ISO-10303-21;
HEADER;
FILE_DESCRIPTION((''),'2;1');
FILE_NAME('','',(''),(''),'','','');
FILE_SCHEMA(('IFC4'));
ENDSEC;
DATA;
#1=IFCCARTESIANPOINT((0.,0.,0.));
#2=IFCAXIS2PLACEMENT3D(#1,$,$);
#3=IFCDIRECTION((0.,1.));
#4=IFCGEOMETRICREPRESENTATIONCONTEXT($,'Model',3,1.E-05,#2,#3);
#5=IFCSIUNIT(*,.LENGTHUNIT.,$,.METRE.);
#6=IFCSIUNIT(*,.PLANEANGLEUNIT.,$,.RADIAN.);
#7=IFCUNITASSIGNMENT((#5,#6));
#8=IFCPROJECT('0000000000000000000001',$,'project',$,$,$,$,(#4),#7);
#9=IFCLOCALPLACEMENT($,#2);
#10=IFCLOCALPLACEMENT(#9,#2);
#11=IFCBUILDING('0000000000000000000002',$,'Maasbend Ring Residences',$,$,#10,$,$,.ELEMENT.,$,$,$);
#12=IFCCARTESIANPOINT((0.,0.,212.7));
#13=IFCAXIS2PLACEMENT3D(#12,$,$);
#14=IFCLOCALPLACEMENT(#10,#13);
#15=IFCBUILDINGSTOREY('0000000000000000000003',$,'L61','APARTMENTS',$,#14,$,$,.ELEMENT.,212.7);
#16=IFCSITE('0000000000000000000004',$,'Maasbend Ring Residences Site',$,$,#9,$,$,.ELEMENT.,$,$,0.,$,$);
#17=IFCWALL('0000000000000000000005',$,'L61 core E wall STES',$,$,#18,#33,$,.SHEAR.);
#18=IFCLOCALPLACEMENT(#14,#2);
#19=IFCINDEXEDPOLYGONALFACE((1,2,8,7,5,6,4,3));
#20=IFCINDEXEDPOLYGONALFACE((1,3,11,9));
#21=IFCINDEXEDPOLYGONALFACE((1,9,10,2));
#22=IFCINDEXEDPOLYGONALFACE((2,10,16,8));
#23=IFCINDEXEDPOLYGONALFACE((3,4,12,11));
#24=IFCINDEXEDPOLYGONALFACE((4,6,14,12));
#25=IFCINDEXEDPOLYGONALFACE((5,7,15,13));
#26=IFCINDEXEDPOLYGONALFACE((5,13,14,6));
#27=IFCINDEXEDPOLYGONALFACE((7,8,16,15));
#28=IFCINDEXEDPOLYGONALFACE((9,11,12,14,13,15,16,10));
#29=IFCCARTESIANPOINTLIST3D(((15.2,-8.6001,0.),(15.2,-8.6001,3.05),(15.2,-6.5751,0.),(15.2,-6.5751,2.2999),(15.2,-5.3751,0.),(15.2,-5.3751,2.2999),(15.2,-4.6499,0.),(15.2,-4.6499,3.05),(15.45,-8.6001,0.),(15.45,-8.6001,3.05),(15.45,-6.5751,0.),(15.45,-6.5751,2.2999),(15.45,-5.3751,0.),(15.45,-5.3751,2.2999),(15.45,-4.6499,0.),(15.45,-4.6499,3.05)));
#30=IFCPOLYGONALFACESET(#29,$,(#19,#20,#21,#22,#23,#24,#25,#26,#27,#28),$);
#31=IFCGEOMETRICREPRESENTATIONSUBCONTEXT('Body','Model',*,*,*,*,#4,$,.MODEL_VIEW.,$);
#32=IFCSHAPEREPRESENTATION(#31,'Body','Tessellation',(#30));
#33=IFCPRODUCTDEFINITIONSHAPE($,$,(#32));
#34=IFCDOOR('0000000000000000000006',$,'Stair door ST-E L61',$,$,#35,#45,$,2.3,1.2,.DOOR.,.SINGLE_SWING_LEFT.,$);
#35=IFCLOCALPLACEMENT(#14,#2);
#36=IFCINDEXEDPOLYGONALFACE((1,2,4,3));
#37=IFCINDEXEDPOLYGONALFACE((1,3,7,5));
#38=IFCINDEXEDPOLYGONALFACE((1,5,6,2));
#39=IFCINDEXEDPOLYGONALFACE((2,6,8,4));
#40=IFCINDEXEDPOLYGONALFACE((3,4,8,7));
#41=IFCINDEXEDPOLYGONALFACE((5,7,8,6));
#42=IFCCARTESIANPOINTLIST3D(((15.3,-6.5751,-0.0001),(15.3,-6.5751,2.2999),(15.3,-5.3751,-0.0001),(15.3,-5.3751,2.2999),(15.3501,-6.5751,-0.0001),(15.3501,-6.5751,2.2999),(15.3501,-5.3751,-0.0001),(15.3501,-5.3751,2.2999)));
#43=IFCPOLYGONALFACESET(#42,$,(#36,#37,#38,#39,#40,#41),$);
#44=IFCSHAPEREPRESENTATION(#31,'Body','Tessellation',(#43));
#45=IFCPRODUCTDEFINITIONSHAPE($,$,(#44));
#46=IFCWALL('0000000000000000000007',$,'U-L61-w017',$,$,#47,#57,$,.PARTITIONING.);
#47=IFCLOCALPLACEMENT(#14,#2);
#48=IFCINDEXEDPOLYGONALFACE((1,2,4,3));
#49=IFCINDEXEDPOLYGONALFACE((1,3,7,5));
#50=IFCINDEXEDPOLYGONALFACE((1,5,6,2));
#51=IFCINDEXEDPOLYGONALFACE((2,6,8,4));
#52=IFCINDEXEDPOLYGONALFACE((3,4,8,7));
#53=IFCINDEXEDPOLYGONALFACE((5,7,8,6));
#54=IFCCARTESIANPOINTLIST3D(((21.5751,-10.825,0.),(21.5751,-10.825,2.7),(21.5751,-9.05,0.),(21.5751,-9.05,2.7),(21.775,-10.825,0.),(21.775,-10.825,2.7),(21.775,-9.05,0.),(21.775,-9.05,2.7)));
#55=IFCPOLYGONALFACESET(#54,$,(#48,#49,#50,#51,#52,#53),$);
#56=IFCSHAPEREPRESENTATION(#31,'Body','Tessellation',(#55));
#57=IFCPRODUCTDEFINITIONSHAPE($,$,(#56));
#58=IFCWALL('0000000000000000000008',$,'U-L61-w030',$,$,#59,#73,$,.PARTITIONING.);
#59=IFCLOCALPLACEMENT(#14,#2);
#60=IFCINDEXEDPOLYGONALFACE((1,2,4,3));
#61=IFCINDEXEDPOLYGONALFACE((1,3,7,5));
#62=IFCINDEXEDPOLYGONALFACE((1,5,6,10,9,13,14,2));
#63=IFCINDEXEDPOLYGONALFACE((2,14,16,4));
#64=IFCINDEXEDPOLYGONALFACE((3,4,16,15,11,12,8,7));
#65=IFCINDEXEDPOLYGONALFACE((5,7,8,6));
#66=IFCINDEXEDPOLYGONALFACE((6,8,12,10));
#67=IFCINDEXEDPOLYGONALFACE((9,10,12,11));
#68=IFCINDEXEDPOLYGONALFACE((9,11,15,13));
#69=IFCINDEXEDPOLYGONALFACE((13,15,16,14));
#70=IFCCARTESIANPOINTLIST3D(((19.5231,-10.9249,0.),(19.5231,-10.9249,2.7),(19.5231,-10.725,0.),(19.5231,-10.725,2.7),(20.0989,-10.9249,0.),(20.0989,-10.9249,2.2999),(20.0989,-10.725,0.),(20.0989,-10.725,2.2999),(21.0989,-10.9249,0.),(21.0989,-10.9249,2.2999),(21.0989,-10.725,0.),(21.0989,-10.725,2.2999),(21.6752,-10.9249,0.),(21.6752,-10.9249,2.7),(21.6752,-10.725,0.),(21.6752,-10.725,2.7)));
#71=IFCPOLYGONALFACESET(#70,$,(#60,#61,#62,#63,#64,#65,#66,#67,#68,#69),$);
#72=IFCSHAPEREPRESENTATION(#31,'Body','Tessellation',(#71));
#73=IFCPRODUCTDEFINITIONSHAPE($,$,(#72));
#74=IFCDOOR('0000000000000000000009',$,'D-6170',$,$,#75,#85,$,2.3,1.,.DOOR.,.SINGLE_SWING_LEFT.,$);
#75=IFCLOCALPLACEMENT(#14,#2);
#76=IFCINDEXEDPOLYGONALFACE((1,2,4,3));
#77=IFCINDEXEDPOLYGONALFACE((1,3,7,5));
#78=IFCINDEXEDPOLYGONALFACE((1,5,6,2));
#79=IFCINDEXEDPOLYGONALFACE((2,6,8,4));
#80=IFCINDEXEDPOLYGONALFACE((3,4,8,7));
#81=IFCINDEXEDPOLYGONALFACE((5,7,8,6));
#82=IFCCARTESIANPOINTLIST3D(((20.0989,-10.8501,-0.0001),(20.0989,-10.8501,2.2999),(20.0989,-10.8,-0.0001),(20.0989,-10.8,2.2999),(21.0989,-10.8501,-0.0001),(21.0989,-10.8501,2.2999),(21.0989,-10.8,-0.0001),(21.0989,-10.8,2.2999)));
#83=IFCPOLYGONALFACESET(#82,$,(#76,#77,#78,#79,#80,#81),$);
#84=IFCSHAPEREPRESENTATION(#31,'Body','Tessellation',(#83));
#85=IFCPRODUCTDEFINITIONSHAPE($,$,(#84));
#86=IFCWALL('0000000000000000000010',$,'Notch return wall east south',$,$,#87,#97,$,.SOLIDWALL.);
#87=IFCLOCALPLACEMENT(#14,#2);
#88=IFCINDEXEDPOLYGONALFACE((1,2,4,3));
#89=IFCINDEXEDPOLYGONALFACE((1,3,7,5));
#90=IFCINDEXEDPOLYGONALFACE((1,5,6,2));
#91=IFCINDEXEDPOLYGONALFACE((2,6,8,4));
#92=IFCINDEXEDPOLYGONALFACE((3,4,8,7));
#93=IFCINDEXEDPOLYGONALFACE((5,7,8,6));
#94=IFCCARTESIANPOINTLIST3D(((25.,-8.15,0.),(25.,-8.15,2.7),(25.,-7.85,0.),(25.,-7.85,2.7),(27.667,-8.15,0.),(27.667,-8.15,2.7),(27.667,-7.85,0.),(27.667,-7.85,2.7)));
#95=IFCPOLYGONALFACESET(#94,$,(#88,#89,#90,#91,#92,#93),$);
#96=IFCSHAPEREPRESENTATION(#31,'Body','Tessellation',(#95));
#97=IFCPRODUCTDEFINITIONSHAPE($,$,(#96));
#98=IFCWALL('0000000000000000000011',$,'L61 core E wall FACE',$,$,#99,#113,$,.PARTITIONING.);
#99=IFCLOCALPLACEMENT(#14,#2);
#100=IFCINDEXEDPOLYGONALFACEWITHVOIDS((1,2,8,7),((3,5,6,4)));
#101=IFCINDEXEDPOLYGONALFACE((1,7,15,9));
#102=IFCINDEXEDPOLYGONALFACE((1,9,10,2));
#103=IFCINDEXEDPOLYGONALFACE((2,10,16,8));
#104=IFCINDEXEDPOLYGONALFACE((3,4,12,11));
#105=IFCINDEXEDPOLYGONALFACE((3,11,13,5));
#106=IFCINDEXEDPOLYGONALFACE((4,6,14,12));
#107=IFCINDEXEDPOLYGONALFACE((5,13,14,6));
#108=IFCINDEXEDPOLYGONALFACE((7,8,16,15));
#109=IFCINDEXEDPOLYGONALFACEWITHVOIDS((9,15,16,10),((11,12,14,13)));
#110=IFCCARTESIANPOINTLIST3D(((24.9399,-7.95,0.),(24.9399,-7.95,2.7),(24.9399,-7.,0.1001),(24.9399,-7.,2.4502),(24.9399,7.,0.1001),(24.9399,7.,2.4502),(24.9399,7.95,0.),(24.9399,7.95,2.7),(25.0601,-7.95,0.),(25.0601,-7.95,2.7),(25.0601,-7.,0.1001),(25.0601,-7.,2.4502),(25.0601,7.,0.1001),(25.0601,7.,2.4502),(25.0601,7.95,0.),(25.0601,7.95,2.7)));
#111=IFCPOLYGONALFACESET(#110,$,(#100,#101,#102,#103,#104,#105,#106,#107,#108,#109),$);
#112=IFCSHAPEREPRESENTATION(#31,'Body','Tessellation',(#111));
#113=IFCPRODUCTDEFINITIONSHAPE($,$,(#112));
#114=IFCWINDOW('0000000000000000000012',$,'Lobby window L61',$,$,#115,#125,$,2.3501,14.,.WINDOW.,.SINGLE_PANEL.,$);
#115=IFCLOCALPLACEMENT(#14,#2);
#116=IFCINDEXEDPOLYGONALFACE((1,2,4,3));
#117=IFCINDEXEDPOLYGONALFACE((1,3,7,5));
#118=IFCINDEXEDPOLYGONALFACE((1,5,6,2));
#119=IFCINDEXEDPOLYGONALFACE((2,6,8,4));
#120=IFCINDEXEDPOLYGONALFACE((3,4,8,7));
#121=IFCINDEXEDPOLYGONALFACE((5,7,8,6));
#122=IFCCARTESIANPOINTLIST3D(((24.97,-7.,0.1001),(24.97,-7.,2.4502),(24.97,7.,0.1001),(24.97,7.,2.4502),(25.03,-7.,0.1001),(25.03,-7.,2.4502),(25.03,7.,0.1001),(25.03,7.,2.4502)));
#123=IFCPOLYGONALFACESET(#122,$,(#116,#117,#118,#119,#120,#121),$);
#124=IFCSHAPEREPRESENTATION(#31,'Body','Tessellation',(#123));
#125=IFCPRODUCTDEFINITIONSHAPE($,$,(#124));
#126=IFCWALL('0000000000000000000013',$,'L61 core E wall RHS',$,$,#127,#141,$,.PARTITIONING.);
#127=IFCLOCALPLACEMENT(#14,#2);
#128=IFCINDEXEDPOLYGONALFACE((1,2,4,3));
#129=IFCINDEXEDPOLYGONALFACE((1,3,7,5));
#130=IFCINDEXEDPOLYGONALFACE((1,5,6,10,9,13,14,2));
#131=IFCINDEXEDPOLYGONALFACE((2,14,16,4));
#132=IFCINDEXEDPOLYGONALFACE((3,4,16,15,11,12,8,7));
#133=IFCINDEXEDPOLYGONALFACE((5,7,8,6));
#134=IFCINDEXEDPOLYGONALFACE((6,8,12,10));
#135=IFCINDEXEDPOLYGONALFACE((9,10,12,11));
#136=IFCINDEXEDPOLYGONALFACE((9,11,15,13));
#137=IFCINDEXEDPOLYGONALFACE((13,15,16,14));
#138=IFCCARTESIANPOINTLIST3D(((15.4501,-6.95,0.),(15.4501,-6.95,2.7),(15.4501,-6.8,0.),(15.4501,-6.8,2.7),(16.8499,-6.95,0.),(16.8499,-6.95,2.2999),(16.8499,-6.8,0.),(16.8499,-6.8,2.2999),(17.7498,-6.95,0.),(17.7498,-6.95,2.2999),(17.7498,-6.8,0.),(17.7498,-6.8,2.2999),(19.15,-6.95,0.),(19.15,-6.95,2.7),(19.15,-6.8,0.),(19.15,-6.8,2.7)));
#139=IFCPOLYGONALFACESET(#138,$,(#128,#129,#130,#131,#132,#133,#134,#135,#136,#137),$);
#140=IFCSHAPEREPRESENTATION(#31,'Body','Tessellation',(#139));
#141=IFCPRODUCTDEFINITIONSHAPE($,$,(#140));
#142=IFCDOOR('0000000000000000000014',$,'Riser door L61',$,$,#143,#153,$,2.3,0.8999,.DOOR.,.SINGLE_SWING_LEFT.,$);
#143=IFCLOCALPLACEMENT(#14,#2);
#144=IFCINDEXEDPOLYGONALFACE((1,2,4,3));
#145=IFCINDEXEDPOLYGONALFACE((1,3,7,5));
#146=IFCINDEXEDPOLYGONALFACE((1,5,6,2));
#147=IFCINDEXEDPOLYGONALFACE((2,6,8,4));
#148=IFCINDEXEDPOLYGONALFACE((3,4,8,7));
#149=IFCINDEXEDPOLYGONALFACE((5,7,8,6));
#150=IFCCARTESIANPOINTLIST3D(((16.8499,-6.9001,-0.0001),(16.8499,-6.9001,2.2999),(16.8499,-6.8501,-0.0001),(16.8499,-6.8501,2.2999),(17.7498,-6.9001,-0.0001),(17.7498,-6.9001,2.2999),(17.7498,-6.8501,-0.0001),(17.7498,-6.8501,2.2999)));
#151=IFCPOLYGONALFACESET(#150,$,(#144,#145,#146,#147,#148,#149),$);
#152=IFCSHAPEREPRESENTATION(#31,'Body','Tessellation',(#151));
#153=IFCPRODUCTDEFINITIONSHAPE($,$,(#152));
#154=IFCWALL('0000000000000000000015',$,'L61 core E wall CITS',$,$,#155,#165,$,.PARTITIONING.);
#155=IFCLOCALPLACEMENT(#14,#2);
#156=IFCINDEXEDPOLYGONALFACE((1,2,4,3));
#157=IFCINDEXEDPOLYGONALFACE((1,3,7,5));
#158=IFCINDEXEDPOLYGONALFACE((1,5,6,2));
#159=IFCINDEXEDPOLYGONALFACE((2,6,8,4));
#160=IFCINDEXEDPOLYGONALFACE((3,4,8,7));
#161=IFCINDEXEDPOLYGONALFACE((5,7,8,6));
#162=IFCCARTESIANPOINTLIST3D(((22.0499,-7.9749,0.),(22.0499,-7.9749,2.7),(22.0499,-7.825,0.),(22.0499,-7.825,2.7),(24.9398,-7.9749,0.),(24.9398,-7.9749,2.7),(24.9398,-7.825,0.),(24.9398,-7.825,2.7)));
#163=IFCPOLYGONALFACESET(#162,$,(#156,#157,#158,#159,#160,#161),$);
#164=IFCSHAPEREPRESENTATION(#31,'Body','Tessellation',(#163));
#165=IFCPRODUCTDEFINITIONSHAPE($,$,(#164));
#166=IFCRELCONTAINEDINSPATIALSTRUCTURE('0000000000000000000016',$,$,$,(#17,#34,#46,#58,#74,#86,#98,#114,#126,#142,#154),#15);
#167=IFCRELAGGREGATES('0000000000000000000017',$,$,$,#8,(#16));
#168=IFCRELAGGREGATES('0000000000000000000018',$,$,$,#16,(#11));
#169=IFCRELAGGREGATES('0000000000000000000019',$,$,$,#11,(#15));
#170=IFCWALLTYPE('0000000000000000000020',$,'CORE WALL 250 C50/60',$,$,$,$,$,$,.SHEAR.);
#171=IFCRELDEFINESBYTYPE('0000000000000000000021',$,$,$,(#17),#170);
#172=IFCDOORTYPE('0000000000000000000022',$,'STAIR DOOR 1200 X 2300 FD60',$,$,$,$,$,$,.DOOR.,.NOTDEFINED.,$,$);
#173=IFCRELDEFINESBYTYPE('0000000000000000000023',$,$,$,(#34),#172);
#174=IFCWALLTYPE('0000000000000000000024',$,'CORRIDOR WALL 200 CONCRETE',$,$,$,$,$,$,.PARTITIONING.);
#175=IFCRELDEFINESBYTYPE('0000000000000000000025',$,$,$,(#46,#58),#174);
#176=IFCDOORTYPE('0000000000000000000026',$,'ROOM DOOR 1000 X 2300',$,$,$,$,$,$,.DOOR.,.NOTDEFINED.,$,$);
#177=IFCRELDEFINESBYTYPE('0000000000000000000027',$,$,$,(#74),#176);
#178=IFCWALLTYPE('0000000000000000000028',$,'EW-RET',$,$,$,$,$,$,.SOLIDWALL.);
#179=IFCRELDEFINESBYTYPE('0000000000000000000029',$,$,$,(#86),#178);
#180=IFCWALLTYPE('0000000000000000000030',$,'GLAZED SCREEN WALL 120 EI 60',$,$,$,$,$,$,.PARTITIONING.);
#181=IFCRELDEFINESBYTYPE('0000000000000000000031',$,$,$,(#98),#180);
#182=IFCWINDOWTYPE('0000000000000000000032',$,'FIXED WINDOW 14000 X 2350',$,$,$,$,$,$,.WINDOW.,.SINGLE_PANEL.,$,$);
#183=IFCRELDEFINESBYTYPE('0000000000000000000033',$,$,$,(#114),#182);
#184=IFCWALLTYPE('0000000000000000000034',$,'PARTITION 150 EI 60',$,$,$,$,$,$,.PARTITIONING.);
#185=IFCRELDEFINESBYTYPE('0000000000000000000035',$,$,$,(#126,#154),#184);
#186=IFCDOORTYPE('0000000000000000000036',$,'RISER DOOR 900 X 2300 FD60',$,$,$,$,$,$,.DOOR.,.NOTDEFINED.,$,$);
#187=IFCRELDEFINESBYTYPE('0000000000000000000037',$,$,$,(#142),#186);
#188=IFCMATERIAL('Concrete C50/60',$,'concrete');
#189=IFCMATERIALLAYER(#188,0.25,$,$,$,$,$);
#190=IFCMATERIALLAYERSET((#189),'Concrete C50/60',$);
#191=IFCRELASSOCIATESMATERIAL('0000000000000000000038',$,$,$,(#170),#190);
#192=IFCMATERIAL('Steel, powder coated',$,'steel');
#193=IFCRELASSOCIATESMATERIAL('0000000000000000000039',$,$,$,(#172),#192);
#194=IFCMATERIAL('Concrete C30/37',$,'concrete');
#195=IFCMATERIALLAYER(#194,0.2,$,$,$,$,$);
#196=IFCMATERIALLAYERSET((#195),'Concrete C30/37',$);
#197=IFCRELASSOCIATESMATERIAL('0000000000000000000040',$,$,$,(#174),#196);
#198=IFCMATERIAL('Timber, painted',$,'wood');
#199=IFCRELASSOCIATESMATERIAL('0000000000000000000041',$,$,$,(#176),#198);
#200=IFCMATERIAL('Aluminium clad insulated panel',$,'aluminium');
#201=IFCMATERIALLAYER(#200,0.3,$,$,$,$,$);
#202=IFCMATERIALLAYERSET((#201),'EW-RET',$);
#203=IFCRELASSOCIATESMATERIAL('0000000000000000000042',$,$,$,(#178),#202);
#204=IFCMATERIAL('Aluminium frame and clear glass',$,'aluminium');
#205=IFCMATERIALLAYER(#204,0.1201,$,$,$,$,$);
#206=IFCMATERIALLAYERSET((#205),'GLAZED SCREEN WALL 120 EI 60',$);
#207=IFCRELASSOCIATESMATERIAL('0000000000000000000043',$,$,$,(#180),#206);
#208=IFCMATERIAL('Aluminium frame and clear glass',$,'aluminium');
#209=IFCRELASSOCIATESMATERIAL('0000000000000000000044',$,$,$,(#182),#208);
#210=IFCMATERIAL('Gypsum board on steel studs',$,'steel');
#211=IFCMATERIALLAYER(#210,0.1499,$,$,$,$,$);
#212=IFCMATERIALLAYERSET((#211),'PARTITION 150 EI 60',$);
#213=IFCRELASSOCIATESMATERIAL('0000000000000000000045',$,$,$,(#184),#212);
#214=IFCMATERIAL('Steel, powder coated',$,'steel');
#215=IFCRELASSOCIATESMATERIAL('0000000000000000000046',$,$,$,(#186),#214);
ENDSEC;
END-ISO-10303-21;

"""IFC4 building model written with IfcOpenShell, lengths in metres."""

from ifc_helpers import new_model, si_unit, direction, frame, frame_2d, origin, place, context, subcontext, project, spatial, rectangle, extrude, material, layer, layer_set, type_object, element, fill, save


model = new_model("IFC4")

# Units and contexts
model_context = context("Model", 3, precision=1e-05, world=origin(), true_north=direction((0.0, 1.0)))
body_context = subcontext(model_context, "Body", "Model", "MODEL_VIEW")
ifc_project = project(units=[si_unit("LENGTHUNIT", "METRE"), si_unit("PLANEANGLEUNIT", "RADIAN")], contexts=[model_context])

# Site, building, storey
site_placement = place(None, origin())
site = spatial("IfcSite", under=ifc_project, at=site_placement, Name="Maasbend Ring Residences Site", CompositionType="ELEMENT", RefElevation=0.0)
building_placement = place(site_placement, origin())
building = spatial("IfcBuilding", under=site, at=building_placement, Name="Maasbend Ring Residences", CompositionType="ELEMENT")
storey_placement = place(building_placement, frame((0.0, 0.0, 212.7)))
storey = spatial("IfcBuildingStorey", under=building, at=storey_placement, Name="L61", Description="APARTMENTS", CompositionType="ELEMENT", Elevation=212.7)

# Shared definitions
ifc_material_1 = material(Name="Concrete C50/60", Category="concrete")
ifc_layer_1 = layer(ifc_material_1, 0.25)
ifc_layer_set_1 = layer_set([ifc_layer_1], Name="Concrete C50/60")
wall_type_1 = type_object("IfcWallType", Name="CORE WALL 250 C50/60", PredefinedType="SHEAR", material=ifc_layer_set_1)

# Wall, opening, door
wall_1_placement = place(storey_placement, frame((15.325, -8.6001, 0.0), z_axis=(0.0, 0.0, 1.0), x_axis=(0.0, 1.0, 0.0)))
wall_1 = element("IfcWall", 1, at=wall_1_placement, inside=storey, type_object=wall_type_1, Name="L61 core E wall STES", PredefinedType="SHEAR", context=body_context, shape_type="SweptSolid", body=[
    extrude(rectangle(XDim=3.9502, YDim=0.25, at=frame_2d((1.9751, 0.0))), origin(), (0.0, 0.0, 1.0), 3.05),
])
opening_1_placement = place(wall_1_placement, frame((2.0249, 0.0, 0.0)))
opening_1 = element("IfcOpeningElement", 2, at=opening_1_placement, cuts=wall_1, PredefinedType="OPENING", context=body_context, shape_type="SweptSolid", body=[
    extrude(rectangle(XDim=1.2, YDim=2.3, at=frame_2d((0.6001, 1.1499))), frame((0.0, 0.135, 0.0), z_axis=(0.0, -1.0, 0.0), x_axis=(1.0, 0.0, 0.0)), (0.0, 0.0, 1.0), 0.27),
])
ifc_material_2 = material(Name="Steel, powder coated", Category="steel")
door_type_1 = type_object("IfcDoorType", Name="STAIR DOOR 1200 X 2300 FD60", OperationType="NOTDEFINED", PredefinedType="DOOR", material=ifc_material_2)
door_1_placement = place(opening_1_placement, origin())
door_1 = element("IfcDoor", 3, at=door_1_placement, inside=storey, type_object=door_type_1, Name="Stair door ST-E L61", OperationType="SINGLE_SWING_LEFT", OverallHeight=2.3, OverallWidth=1.2, PredefinedType="DOOR", context=body_context, shape_type="SweptSolid", body=[
    extrude(rectangle(XDim=1.2, YDim=2.3, at=frame_2d((0.6001, 1.1499))), frame((0.0, 0.0249, 0.0), z_axis=(0.0, -1.0, 0.0), x_axis=(1.0, 0.0, 0.0)), (0.0, 0.0, 1.0), 0.05),
])
fill(opening_1, door_1)

# Wall
ifc_material_3 = material(Name="Concrete C30/37", Category="concrete")
ifc_layer_2 = layer(ifc_material_3, 0.2)
ifc_layer_set_2 = layer_set([ifc_layer_2], Name="Concrete C30/37")
wall_type_2 = type_object("IfcWallType", Name="CORRIDOR WALL 200 CONCRETE", PredefinedType="PARTITIONING", material=ifc_layer_set_2)
wall_2_placement = place(storey_placement, frame((21.675, -10.825, 0.0), z_axis=(0.0, 0.0, 1.0), x_axis=(0.0, 1.0, 0.0)))
element("IfcWall", 4, at=wall_2_placement, inside=storey, type_object=wall_type_2, Name="U-L61-w017", PredefinedType="PARTITIONING", context=body_context, shape_type="SweptSolid", body=[
    extrude(rectangle(XDim=1.7749, YDim=0.2, at=frame_2d((0.8875, 0.0))), origin(), (0.0, 0.0, 1.0), 2.7),
])

# Wall, opening, door
wall_3_placement = place(storey_placement, frame((19.5229, -10.825, 0.0), z_axis=(0.0, 0.0, 1.0), x_axis=(1.0, 0.0, 0.0)))
wall_3 = element("IfcWall", 5, at=wall_3_placement, inside=storey, type_object=wall_type_2, Name="U-L61-w030", PredefinedType="PARTITIONING", context=body_context, shape_type="SweptSolid", body=[
    extrude(rectangle(XDim=2.1521, YDim=0.2, at=frame_2d((1.0762, 0.0))), origin(), (0.0, 0.0, 1.0), 2.7),
])
opening_2_placement = place(wall_3_placement, frame((0.5759, 0.0, 0.0)))
opening_2 = element("IfcOpeningElement", 6, at=opening_2_placement, cuts=wall_3, PredefinedType="OPENING", context=body_context, shape_type="SweptSolid", body=[
    extrude(rectangle(XDim=1.0, YDim=2.3, at=frame_2d((0.5, 1.1499))), frame((0.0, 0.1099, 0.0), z_axis=(0.0, -1.0, 0.0), x_axis=(1.0, 0.0, 0.0)), (0.0, 0.0, 1.0), 0.22),
])
ifc_material_4 = material(Name="Timber, painted", Category="wood")
door_type_2 = type_object("IfcDoorType", Name="ROOM DOOR 1000 X 2300", OperationType="NOTDEFINED", PredefinedType="DOOR", material=ifc_material_4)
door_2_placement = place(opening_2_placement, origin())
door_2 = element("IfcDoor", 7, at=door_2_placement, inside=storey, type_object=door_type_2, Name="D-6170", OperationType="SINGLE_SWING_LEFT", OverallHeight=2.3, OverallWidth=1.0, PredefinedType="DOOR", context=body_context, shape_type="SweptSolid", body=[
    extrude(rectangle(XDim=1.0, YDim=2.3, at=frame_2d((0.5, 1.1499))), frame((0.0, 0.0249, 0.0), z_axis=(0.0, -1.0, 0.0), x_axis=(1.0, 0.0, 0.0)), (0.0, 0.0, 1.0), 0.05),
])
fill(opening_2, door_2)

# Wall
ifc_material_5 = material(Name="Aluminium clad insulated panel", Category="aluminium")
ifc_layer_3 = layer(ifc_material_5, 0.3)
ifc_layer_set_3 = layer_set([ifc_layer_3], Name="EW-RET")
wall_type_3 = type_object("IfcWallType", Name="EW-RET", PredefinedType="SOLIDWALL", material=ifc_layer_set_3)
wall_4_placement = place(storey_placement, frame((25.0, -8.0, 0.0), z_axis=(0.0, 0.0, 1.0), x_axis=(1.0, 0.0, 0.0)))
element("IfcWall", 8, at=wall_4_placement, inside=storey, type_object=wall_type_3, Name="Notch return wall east south", PredefinedType="SOLIDWALL", context=body_context, shape_type="SweptSolid", body=[
    extrude(rectangle(XDim=2.667, YDim=0.3, at=frame_2d((1.3335, 0.0))), origin(), (0.0, 0.0, 1.0), 2.7),
])

# Wall, opening, window
ifc_material_6 = material(Name="Aluminium frame and clear glass", Category="aluminium")
ifc_layer_4 = layer(ifc_material_6, 0.1201)
ifc_layer_set_4 = layer_set([ifc_layer_4], Name="GLAZED SCREEN WALL 120 EI 60")
wall_type_4 = type_object("IfcWallType", Name="GLAZED SCREEN WALL 120 EI 60", PredefinedType="PARTITIONING", material=ifc_layer_set_4)
wall_5_placement = place(storey_placement, frame((25.0, -7.95, 0.0), z_axis=(0.0, 0.0, 1.0), x_axis=(0.0, 1.0, 0.0)))
wall_5 = element("IfcWall", 9, at=wall_5_placement, inside=storey, type_object=wall_type_4, Name="L61 core E wall FACE", PredefinedType="PARTITIONING", context=body_context, shape_type="SweptSolid", body=[
    extrude(rectangle(XDim=15.8999, YDim=0.1201, at=frame_2d((7.95, 0.0))), origin(), (0.0, 0.0, 1.0), 2.7),
])
opening_3_placement = place(wall_5_placement, frame((0.95, 0.0, 0.1001)))
opening_3 = element("IfcOpeningElement", 10, at=opening_3_placement, cuts=wall_5, PredefinedType="OPENING", context=body_context, shape_type="SweptSolid", body=[
    extrude(rectangle(XDim=14.0, YDim=2.3501, at=frame_2d((7.0, 1.175))), frame((0.0, 0.0701, 0.0), z_axis=(0.0, -1.0, 0.0), x_axis=(1.0, 0.0, 0.0)), (0.0, 0.0, 1.0), 0.1401),
])
ifc_material_7 = material(Name="Aluminium frame and clear glass", Category="aluminium")
window_type = type_object("IfcWindowType", Name="FIXED WINDOW 14000 X 2350", PartitioningType="SINGLE_PANEL", PredefinedType="WINDOW", material=ifc_material_7)
window_placement = place(opening_3_placement, origin())
window = element("IfcWindow", 11, at=window_placement, inside=storey, type_object=window_type, Name="Lobby window L61", OverallHeight=2.3501, OverallWidth=14.0, PartitioningType="SINGLE_PANEL", PredefinedType="WINDOW", context=body_context, shape_type="SweptSolid", body=[
    extrude(rectangle(XDim=14.0, YDim=2.3501, at=frame_2d((7.0, 1.175))), frame((0.0, 0.03, 0.0), z_axis=(0.0, -1.0, 0.0), x_axis=(1.0, 0.0, 0.0)), (0.0, 0.0, 1.0), 0.0601),
])
fill(opening_3, window)

# Wall, opening, door
ifc_material_8 = material(Name="Gypsum board on steel studs", Category="steel")
ifc_layer_5 = layer(ifc_material_8, 0.1499)
ifc_layer_set_5 = layer_set([ifc_layer_5], Name="PARTITION 150 EI 60")
wall_type_5 = type_object("IfcWallType", Name="PARTITION 150 EI 60", PredefinedType="PARTITIONING", material=ifc_layer_set_5)
wall_6_placement = place(storey_placement, frame((15.45, -6.875, 0.0), z_axis=(0.0, 0.0, 1.0), x_axis=(1.0, 0.0, 0.0)))
wall_6 = element("IfcWall", 12, at=wall_6_placement, inside=storey, type_object=wall_type_5, Name="L61 core E wall RHS", PredefinedType="PARTITIONING", context=body_context, shape_type="SweptSolid", body=[
    extrude(rectangle(XDim=3.7, YDim=0.1499, at=frame_2d((1.8501, 0.0))), origin(), (0.0, 0.0, 1.0), 2.7),
])
opening_4_placement = place(wall_6_placement, frame((1.3999, 0.0, 0.0)))
opening_4 = element("IfcOpeningElement", 13, at=opening_4_placement, cuts=wall_6, PredefinedType="OPENING", context=body_context, shape_type="SweptSolid", body=[
    extrude(rectangle(XDim=0.8999, YDim=2.3, at=frame_2d((0.45, 1.1499))), frame((0.0, 0.085, 0.0), z_axis=(0.0, -1.0, 0.0), x_axis=(1.0, 0.0, 0.0)), (0.0, 0.0, 1.0), 0.1699),
])
ifc_material_9 = material(Name="Steel, powder coated", Category="steel")
door_type_3 = type_object("IfcDoorType", Name="RISER DOOR 900 X 2300 FD60", OperationType="NOTDEFINED", PredefinedType="DOOR", material=ifc_material_9)
door_3_placement = place(opening_4_placement, origin())
door_3 = element("IfcDoor", 14, at=door_3_placement, inside=storey, type_object=door_type_3, Name="Riser door L61", OperationType="SINGLE_SWING_LEFT", OverallHeight=2.3, OverallWidth=0.8999, PredefinedType="DOOR", context=body_context, shape_type="SweptSolid", body=[
    extrude(rectangle(XDim=0.8999, YDim=2.3, at=frame_2d((0.45, 1.1499))), frame((0.0, 0.0249, 0.0), z_axis=(0.0, -1.0, 0.0), x_axis=(1.0, 0.0, 0.0)), (0.0, 0.0, 1.0), 0.05),
])
fill(opening_4, door_3)

# Wall
wall_7_placement = place(storey_placement, frame((22.05, -7.8999, 0.0), z_axis=(0.0, 0.0, 1.0), x_axis=(1.0, 0.0, 0.0)))
element("IfcWall", 15, at=wall_7_placement, inside=storey, type_object=wall_type_5, Name="L61 core E wall CITS", PredefinedType="PARTITIONING", context=body_context, shape_type="SweptSolid", body=[
    extrude(rectangle(XDim=2.8899, YDim=0.1499, at=frame_2d((1.4448, 0.0))), origin(), (0.0, 0.0, 1.0), 2.7),
])

save(model, "model.ifc")
